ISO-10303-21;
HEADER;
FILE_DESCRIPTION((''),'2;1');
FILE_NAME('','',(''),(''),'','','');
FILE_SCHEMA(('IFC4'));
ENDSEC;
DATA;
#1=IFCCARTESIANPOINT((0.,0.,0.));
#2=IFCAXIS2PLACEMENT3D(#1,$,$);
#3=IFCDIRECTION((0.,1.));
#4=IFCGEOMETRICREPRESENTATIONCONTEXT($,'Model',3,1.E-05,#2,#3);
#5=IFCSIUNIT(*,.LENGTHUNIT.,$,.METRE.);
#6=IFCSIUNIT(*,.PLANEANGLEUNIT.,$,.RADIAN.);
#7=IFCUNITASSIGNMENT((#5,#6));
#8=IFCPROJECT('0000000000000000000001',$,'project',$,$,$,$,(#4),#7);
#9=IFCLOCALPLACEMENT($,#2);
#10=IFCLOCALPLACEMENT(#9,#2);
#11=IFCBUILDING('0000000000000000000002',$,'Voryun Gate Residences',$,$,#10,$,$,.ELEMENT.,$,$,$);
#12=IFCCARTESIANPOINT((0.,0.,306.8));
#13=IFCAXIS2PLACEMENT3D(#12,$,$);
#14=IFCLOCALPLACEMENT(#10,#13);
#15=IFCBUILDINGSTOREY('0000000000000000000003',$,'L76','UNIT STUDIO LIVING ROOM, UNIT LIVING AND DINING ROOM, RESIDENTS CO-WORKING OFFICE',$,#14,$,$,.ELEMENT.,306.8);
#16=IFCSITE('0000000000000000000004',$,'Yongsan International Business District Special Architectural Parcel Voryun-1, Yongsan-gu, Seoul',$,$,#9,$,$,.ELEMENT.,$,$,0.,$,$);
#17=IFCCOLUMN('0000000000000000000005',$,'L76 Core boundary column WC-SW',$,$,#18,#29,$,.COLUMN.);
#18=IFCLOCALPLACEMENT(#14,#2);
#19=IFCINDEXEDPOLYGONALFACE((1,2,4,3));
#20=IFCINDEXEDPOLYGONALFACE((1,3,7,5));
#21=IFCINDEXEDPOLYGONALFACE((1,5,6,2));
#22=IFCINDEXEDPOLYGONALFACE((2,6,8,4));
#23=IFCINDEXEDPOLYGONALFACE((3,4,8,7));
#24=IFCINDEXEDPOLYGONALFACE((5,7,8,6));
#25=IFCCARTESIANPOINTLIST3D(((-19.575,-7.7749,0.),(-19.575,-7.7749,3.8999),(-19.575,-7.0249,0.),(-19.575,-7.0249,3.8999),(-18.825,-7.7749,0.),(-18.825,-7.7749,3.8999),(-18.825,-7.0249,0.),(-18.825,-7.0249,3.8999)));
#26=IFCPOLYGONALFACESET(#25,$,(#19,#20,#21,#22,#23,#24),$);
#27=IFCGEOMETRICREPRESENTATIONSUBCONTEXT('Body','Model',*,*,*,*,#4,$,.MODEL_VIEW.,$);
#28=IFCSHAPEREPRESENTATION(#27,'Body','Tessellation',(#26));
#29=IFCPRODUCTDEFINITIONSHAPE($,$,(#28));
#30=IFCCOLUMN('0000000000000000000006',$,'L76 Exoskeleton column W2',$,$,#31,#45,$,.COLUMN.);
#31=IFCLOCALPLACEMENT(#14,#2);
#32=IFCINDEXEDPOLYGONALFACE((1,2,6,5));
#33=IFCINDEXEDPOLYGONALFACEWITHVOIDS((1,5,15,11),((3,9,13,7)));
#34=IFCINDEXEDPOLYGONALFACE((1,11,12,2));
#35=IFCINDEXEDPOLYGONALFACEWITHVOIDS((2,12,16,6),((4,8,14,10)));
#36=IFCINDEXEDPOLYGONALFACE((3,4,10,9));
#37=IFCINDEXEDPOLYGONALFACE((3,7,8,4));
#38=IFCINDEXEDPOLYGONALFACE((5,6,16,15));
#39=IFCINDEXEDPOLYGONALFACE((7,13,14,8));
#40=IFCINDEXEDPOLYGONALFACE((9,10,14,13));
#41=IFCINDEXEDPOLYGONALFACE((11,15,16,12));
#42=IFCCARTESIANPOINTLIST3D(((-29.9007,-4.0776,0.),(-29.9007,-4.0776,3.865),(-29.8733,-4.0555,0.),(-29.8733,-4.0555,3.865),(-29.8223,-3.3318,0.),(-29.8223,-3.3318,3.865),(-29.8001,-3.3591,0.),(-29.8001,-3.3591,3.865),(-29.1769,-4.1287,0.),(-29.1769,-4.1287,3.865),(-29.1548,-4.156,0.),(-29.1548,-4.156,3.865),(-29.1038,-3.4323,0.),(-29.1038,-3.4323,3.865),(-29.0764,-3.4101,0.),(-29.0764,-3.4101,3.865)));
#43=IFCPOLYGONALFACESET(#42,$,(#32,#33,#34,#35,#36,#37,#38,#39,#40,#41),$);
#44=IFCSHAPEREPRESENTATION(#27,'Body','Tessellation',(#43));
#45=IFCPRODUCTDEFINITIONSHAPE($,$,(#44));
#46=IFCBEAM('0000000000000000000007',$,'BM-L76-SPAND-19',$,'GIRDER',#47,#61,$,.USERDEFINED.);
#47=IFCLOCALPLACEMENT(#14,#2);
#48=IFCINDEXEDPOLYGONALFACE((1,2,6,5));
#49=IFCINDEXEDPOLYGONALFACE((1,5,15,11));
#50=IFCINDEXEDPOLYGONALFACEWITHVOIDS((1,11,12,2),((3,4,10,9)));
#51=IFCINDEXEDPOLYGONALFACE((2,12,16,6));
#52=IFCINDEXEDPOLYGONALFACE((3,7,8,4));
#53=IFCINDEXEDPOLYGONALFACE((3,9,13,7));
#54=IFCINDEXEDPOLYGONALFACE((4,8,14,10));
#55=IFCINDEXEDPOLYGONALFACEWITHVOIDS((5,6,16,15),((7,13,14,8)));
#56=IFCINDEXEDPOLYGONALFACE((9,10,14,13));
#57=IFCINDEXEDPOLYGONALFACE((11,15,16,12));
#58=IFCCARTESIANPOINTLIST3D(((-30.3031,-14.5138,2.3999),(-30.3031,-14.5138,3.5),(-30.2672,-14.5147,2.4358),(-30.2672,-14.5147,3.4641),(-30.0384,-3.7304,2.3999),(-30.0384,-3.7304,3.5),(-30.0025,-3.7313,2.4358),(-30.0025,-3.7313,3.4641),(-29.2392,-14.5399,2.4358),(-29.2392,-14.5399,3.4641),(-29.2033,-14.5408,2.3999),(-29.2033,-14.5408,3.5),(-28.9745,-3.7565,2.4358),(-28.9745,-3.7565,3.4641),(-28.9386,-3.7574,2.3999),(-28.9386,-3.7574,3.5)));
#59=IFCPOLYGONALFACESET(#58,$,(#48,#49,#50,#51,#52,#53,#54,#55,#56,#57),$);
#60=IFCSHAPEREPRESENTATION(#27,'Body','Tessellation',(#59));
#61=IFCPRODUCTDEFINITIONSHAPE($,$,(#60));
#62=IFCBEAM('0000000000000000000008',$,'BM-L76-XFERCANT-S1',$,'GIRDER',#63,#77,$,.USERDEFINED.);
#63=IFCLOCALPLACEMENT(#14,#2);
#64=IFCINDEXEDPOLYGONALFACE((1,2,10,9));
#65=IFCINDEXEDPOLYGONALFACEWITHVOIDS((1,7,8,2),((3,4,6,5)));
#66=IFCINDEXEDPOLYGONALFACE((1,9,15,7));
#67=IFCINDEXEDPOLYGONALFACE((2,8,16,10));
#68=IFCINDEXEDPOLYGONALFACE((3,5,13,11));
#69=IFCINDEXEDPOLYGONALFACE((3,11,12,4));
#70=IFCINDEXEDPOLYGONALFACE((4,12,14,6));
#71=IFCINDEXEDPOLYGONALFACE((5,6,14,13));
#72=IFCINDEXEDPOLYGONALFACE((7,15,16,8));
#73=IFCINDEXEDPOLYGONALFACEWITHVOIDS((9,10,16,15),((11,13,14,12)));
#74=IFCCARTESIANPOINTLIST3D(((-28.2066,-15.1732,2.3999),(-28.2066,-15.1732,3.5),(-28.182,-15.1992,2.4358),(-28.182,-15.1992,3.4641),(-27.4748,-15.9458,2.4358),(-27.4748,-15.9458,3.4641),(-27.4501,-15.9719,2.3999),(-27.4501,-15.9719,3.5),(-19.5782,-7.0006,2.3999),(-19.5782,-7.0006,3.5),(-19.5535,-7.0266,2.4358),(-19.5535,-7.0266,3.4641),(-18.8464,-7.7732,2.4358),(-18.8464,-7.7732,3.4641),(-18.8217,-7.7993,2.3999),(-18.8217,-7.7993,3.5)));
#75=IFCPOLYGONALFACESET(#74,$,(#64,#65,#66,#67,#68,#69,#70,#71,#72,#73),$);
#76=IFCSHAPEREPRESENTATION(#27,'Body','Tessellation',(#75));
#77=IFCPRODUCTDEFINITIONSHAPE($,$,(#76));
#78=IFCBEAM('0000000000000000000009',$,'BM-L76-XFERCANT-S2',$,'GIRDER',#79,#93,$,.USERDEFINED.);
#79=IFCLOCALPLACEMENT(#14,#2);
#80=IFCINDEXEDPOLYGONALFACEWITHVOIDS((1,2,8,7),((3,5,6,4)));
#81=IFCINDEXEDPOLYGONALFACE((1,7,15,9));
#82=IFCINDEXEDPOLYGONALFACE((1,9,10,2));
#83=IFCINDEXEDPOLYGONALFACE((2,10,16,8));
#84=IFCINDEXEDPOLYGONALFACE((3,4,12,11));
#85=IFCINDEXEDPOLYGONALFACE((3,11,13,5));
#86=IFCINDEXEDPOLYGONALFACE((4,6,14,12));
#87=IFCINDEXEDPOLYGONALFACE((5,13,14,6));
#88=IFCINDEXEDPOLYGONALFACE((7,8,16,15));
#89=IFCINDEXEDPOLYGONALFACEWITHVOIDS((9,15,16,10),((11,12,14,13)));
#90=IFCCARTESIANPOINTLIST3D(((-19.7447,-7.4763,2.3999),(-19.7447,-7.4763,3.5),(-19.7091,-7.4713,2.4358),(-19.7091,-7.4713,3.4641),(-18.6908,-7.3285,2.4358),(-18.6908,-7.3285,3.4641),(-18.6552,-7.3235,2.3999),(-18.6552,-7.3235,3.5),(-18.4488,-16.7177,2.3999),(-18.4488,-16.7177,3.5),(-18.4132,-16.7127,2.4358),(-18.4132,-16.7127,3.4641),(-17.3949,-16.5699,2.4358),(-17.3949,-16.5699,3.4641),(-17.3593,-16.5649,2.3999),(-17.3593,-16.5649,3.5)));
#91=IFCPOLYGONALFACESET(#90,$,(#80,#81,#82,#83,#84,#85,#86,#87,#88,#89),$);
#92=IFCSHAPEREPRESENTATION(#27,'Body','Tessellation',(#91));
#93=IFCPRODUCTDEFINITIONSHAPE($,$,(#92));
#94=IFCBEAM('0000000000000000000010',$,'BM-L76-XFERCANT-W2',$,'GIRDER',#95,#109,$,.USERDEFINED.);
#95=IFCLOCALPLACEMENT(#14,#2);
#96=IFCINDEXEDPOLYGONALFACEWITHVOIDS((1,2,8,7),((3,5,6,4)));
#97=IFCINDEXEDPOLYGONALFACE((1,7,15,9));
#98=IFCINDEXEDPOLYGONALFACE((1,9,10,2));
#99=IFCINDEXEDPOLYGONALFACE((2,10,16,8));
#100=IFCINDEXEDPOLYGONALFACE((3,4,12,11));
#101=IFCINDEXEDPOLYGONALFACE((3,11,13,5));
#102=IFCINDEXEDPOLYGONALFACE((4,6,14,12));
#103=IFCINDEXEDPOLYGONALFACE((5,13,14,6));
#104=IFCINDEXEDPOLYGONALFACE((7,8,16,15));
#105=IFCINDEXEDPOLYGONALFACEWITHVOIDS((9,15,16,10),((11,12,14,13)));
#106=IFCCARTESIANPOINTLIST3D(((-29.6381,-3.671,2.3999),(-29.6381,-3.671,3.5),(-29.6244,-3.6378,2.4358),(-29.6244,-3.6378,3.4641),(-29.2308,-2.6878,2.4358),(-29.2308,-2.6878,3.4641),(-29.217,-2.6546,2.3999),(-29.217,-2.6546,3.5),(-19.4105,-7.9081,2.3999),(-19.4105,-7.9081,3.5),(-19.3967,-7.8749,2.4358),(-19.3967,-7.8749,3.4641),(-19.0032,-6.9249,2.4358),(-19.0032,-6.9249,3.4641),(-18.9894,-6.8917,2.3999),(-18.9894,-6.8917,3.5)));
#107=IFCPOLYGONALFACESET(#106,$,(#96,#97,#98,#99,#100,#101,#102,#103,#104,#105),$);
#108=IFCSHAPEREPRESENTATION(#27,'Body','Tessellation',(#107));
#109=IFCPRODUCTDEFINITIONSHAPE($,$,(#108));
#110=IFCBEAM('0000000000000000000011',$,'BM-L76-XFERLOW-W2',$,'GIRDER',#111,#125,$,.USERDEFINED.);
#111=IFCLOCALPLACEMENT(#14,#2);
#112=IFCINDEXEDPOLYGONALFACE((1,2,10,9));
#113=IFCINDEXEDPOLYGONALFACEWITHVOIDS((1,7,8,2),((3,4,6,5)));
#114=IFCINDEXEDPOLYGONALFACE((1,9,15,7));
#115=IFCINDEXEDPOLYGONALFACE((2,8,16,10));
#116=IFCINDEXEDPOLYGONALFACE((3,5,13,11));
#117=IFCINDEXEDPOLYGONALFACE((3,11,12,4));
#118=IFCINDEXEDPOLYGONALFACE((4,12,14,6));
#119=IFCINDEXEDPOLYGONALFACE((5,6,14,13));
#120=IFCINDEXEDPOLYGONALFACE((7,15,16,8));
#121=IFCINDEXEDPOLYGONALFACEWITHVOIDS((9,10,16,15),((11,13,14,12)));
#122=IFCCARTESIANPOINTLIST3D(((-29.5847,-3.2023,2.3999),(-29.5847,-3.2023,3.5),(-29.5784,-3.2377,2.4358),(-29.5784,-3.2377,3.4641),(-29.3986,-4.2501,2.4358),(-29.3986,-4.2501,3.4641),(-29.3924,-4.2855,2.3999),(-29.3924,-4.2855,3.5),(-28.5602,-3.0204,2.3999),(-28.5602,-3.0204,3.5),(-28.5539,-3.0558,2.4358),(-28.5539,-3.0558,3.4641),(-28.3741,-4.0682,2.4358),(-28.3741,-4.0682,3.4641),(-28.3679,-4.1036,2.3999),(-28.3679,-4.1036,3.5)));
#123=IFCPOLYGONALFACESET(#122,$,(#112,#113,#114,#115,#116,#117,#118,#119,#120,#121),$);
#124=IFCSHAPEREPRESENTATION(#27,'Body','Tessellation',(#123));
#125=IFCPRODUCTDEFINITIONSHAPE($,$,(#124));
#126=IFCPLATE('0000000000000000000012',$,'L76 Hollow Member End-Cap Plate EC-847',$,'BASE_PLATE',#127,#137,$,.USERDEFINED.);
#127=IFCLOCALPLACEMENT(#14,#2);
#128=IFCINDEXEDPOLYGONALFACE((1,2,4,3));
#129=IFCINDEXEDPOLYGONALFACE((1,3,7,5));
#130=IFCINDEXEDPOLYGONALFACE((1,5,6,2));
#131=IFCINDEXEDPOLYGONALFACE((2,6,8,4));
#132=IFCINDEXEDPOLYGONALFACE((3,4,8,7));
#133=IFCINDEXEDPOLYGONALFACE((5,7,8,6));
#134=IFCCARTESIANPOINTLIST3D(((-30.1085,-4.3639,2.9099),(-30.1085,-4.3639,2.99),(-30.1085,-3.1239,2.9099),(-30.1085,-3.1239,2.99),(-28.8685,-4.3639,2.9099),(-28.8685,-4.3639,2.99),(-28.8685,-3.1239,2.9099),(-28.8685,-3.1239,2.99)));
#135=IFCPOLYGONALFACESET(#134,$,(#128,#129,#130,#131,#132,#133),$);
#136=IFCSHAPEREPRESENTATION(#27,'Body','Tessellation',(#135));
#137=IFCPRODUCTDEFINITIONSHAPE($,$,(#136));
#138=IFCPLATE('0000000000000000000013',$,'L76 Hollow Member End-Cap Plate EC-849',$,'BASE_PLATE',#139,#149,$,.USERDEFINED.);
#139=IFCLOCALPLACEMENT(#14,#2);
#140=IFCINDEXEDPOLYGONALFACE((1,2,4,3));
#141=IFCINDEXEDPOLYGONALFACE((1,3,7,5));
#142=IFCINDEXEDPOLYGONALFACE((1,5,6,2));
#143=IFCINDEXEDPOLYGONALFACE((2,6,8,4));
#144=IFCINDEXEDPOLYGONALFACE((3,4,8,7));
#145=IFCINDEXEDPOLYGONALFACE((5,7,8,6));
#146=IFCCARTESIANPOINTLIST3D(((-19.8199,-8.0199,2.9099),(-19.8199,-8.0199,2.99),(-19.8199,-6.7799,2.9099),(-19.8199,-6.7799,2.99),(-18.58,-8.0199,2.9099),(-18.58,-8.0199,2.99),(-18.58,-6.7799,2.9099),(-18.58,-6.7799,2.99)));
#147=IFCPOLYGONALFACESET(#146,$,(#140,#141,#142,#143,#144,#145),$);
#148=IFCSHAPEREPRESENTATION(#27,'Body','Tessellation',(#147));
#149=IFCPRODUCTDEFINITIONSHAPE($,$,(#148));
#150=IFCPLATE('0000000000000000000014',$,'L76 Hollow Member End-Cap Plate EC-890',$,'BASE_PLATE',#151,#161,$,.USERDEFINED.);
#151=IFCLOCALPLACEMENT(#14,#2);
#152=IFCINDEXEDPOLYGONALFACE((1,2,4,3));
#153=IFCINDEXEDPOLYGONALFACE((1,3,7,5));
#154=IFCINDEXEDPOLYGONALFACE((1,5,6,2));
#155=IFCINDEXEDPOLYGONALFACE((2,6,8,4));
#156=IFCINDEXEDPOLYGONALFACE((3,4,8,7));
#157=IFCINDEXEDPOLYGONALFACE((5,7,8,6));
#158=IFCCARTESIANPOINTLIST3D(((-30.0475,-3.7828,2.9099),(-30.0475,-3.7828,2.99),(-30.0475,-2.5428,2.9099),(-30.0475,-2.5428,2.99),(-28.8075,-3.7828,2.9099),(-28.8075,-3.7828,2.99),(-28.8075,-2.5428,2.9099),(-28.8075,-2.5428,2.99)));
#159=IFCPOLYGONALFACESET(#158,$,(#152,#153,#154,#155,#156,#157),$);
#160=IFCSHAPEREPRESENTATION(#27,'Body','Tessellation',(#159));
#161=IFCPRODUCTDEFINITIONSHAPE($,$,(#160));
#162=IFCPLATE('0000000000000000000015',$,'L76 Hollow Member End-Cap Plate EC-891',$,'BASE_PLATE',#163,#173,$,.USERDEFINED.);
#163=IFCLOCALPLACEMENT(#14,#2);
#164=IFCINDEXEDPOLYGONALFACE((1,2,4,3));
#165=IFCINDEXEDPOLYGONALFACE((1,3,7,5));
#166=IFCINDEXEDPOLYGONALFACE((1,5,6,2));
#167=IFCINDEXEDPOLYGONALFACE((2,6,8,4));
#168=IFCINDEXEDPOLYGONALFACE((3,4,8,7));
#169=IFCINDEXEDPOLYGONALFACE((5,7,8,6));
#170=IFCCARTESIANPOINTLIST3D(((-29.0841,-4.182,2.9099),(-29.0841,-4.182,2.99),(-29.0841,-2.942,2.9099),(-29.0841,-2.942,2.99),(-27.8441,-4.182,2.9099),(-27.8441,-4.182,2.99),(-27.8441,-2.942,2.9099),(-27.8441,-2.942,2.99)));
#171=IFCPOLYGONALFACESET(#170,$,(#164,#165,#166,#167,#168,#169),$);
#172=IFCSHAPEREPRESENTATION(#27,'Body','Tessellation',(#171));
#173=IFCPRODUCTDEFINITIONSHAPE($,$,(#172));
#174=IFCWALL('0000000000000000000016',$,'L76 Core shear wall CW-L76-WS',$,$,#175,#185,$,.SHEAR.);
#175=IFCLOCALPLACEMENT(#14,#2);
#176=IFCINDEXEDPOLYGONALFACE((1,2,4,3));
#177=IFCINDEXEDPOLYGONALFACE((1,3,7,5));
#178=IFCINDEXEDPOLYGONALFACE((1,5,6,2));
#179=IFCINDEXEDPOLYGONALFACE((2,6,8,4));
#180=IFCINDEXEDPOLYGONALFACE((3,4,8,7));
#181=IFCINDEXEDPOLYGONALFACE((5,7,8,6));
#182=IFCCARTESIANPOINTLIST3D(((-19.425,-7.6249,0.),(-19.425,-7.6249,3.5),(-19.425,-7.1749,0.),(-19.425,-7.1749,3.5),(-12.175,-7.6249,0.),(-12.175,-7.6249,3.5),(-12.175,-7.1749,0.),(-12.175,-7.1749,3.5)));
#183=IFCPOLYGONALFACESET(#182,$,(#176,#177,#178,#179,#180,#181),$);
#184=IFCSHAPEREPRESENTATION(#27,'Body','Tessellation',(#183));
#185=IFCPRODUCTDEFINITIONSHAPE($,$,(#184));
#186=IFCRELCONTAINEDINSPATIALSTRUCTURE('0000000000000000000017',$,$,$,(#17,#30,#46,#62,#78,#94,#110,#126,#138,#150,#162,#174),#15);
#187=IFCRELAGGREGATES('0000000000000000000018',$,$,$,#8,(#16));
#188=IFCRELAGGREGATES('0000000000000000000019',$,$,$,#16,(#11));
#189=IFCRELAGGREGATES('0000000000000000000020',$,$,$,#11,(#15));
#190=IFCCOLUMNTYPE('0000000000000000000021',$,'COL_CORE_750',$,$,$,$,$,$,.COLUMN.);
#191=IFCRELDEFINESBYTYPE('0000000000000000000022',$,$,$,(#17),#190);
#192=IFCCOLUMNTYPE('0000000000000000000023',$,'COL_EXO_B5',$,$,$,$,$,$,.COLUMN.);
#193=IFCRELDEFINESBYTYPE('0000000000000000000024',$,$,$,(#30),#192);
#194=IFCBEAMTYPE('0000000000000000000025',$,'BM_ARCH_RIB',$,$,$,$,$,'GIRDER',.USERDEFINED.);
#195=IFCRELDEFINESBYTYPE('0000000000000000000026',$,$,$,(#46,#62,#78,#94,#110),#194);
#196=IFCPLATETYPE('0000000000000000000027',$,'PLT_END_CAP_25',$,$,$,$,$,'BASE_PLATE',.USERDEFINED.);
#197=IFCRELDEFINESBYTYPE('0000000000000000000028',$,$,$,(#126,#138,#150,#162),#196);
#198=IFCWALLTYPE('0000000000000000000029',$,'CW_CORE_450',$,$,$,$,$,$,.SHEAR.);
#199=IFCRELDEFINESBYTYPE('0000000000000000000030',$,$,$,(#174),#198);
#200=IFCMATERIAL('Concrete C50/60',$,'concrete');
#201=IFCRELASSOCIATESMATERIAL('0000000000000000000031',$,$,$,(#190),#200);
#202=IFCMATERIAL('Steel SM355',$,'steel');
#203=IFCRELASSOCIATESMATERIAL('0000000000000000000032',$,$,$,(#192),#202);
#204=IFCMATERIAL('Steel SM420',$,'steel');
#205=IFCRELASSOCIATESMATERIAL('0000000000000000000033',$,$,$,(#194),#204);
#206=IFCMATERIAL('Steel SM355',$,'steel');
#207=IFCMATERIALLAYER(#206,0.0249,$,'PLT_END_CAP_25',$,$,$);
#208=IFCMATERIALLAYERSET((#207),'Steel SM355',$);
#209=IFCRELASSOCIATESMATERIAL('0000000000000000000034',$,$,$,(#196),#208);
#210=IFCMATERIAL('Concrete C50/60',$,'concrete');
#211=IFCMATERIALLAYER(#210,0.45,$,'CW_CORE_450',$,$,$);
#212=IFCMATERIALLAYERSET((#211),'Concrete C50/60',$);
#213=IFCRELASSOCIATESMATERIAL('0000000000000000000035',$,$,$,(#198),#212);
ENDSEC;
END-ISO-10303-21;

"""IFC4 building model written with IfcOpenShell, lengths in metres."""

from ifc_helpers import new_model, si_unit, direction, frame, frame_2d, origin, origin_2d, place, context, subcontext, project, spatial, rectangle, hollow_rectangle, extrude, material, layer, layer_set, material_profile, profile_set, type_object, element, save


model = new_model("IFC4")

# Units and contexts
model_context = context("Model", 3, precision=1e-05, world=origin(), true_north=direction((0.0, 1.0)))
body_context = subcontext(model_context, "Body", "Model", "MODEL_VIEW")
ifc_project = project(units=[si_unit("LENGTHUNIT", "METRE"), si_unit("PLANEANGLEUNIT", "RADIAN")], contexts=[model_context])

# Site, building, storey
site_placement = place(None, origin())
site = spatial("IfcSite", under=ifc_project, at=site_placement, Name="Yongsan International Business District Special Architectural Parcel Voryun-1, Yongsan-gu, Seoul", CompositionType="ELEMENT", RefElevation=0.0)
building_placement = place(site_placement, origin())
building = spatial("IfcBuilding", under=site, at=building_placement, Name="Voryun Gate Residences", CompositionType="ELEMENT")
storey_placement = place(building_placement, frame((0.0, 0.0, 306.8)))
storey = spatial("IfcBuildingStorey", under=building, at=storey_placement, Name="L76", Description="UNIT STUDIO LIVING ROOM, UNIT LIVING AND DINING ROOM, RESIDENTS CO-WORKING OFFICE", CompositionType="ELEMENT", Elevation=306.8)

# Columns
ifc_material_1 = material(Name="Concrete C50/60", Category="concrete")
ifc_material_profile_1 = material_profile(ifc_material_1, rectangle(XDim=0.75, YDim=0.75, at=origin_2d()), Name="RC-750x750")
ifc_profile_set_1 = profile_set([ifc_material_profile_1], Name="Concrete C50/60")
column_type_1 = type_object("IfcColumnType", Name="COL_CORE_750", PredefinedType="COLUMN", material=ifc_profile_set_1)
column_1_placement = place(storey_placement, frame((-19.2, -7.3999, 0.0), z_axis=(0.0, 0.0, 1.0), x_axis=(1.0, 0.0, 0.0)))
element("IfcColumn", 1, at=column_1_placement, inside=storey, type_object=column_type_1, Name="L76 Core boundary column WC-SW", PredefinedType="COLUMN", context=body_context, shape_type="SweptSolid", body=[
    extrude(rectangle(XDim=0.75, YDim=0.75, at=origin_2d()), origin(), (0.0, 0.0, 1.0), 3.8999),
])
ifc_material_2 = material(Name="Steel SM355", Category="steel")
ifc_material_profile_2 = material_profile(ifc_material_2, hollow_rectangle(XDim=0.75, YDim=0.75, WallThickness=0.0249, at=origin_2d()), Name="BOX-750x750x25")
ifc_profile_set_2 = profile_set([ifc_material_profile_2], Name="Steel SM355")
column_type_2 = type_object("IfcColumnType", Name="COL_EXO_B5", PredefinedType="COLUMN", material=ifc_profile_set_2)
column_2_placement = place(storey_placement, frame((-29.4885, -3.7439, 0.0), z_axis=(0.0, 0.0, 1.0), x_axis=(0.994522, -0.104528, 0.0)))
element("IfcColumn", 2, at=column_2_placement, inside=storey, type_object=column_type_2, Name="L76 Exoskeleton column W2", PredefinedType="COLUMN", context=body_context, shape_type="SweptSolid", body=[
    extrude(hollow_rectangle(XDim=0.75, YDim=0.75, WallThickness=0.0249, at=origin_2d()), origin(), (0.0, 0.0, 1.0), 3.865),
])

# Beams
ifc_material_3 = material(Name="Steel SM420", Category="steel")
ifc_material_profile_3 = material_profile(ifc_material_3, hollow_rectangle(XDim=1.1001, YDim=1.1001, WallThickness=0.0359, at=origin_2d()), Name="BOX-1100x1100x36")
ifc_profile_set_3 = profile_set([ifc_material_profile_3], Name="Steel SM420")
beam_type = type_object("IfcBeamType", Name="BM_ARCH_RIB", ElementType="GIRDER", PredefinedType="USERDEFINED", material=ifc_profile_set_3)
beam_1_placement = place(storey_placement, frame((-29.4885, -3.7439, 2.95), z_axis=(-0.024535, -0.999699, 0.0), x_axis=(0.999699, -0.024535, 0.0)))
element("IfcBeam", 3, at=beam_1_placement, inside=storey, type_object=beam_type, Name="BM-L76-SPAND-19", ObjectType="GIRDER", PredefinedType="USERDEFINED", context=body_context, shape_type="SweptSolid", body=[
    extrude(hollow_rectangle(XDim=1.1001, YDim=1.1001, WallThickness=0.0359, at=origin_2d()), origin(), (0.0, 0.0, 1.0), 10.7866),
])
beam_2_placement = place(storey_placement, frame((-19.2, -7.3999, 2.95), z_axis=(-0.726023, -0.68767, 0.0), x_axis=(0.68767, -0.726023, 0.0)))
element("IfcBeam", 4, at=beam_2_placement, inside=storey, type_object=beam_type, Name="BM-L76-XFERCANT-S1", ObjectType="GIRDER", PredefinedType="USERDEFINED", context=body_context, shape_type="SweptSolid", body=[
    extrude(hollow_rectangle(XDim=1.1001, YDim=1.1001, WallThickness=0.0359, at=origin_2d()), origin(), (0.0, 0.0, 1.0), 11.8845),
])
beam_3_placement = place(storey_placement, frame((-19.2, -7.3999, 2.95), z_axis=(0.138868, -0.990311, 0.0), x_axis=(0.990311, 0.138868, 0.0)))
element("IfcBeam", 5, at=beam_3_placement, inside=storey, type_object=beam_type, Name="BM-L76-XFERCANT-S2", ObjectType="GIRDER", PredefinedType="USERDEFINED", context=body_context, shape_type="SweptSolid", body=[
    extrude(hollow_rectangle(XDim=1.1001, YDim=1.1001, WallThickness=0.0359, at=origin_2d()), origin(), (0.0, 0.0, 1.0), 9.3318),
])
beam_4_placement = place(storey_placement, frame((-19.2, -7.3999, 2.95), z_axis=(-0.923858, 0.382735, 0.0), x_axis=(-0.382735, -0.923858, 0.0)))
element("IfcBeam", 6, at=beam_4_placement, inside=storey, type_object=beam_type, Name="BM-L76-XFERCANT-W2", ObjectType="GIRDER", PredefinedType="USERDEFINED", context=body_context, shape_type="SweptSolid", body=[
    extrude(hollow_rectangle(XDim=1.1001, YDim=1.1001, WallThickness=0.0359, at=origin_2d()), origin(), (0.0, 0.0, 1.0), 11.0706),
])
beam_5_placement = place(storey_placement, frame((-29.4885, -3.7439, 2.95), z_axis=(0.984601, 0.174816, 0.0), x_axis=(-0.174816, 0.984601, 0.0)))
element("IfcBeam", 7, at=beam_5_placement, inside=storey, type_object=beam_type, Name="BM-L76-XFERLOW-W2", ObjectType="GIRDER", PredefinedType="USERDEFINED", context=body_context, shape_type="SweptSolid", body=[
    extrude(hollow_rectangle(XDim=1.1001, YDim=1.1001, WallThickness=0.0359, at=origin_2d()), origin(), (0.0, 0.0, 1.0), 1.0405),
])

# Plates
ifc_material_4 = material(Name="Steel SM355", Category="steel")
ifc_layer_1 = layer(ifc_material_4, 0.0249, Name="PLT_END_CAP_25")
ifc_layer_set_1 = layer_set([ifc_layer_1], Name="Steel SM355")
plate_type = type_object("IfcPlateType", Name="PLT_END_CAP_25", ElementType="BASE_PLATE", PredefinedType="USERDEFINED", material=ifc_layer_set_1)
for number, where, z_axis, x_axis, name in (
    (8, (-29.4885, -3.7439, 2.9099), (0.0, 0.0, 1.0), (1.0, 0.0, 0.0), "L76 Hollow Member End-Cap Plate EC-847"),
    (9, (-19.2, -7.3999, 2.9099), (0.0, 0.0, 1.0), (1.0, 0.0, 0.0), "L76 Hollow Member End-Cap Plate EC-849"),
    (10, (-29.4275, -3.1628, 2.9099), (0.0, 0.0, 1.0), (1.0, 0.0, 0.0), "L76 Hollow Member End-Cap Plate EC-890"),
    (11, (-28.4641, -3.562, 2.9099), (0.0, 0.0, 1.0), (1.0, 0.0, 0.0), "L76 Hollow Member End-Cap Plate EC-891"),
):
    element("IfcPlate", number, at=place(storey_placement, frame(where, z_axis=z_axis, x_axis=x_axis)), inside=storey, type_object=plate_type, Name=name, ObjectType="BASE_PLATE", PredefinedType="USERDEFINED", context=body_context, shape_type="SweptSolid", body=[
        extrude(rectangle(XDim=1.24, YDim=1.24, at=origin_2d()), origin(), (0.0, 0.0, 1.0), 0.0801),
    ])

# Wall
ifc_material_5 = material(Name="Concrete C50/60", Category="concrete")
ifc_layer_2 = layer(ifc_material_5, 0.45, Name="CW_CORE_450")
ifc_layer_set_2 = layer_set([ifc_layer_2], Name="Concrete C50/60")
wall_type_1 = type_object("IfcWallType", Name="CW_CORE_450", PredefinedType="SHEAR", material=ifc_layer_set_2)
wall_1_placement = place(storey_placement, frame((-19.425, -7.3999, 0.0), z_axis=(0.0, 0.0, 1.0), x_axis=(1.0, 0.0, 0.0)))
element("IfcWall", 12, at=wall_1_placement, inside=storey, type_object=wall_type_1, Name="L76 Core shear wall CW-L76-WS", PredefinedType="SHEAR", context=body_context, shape_type="SweptSolid", body=[
    extrude(rectangle(XDim=7.25, YDim=0.45, at=frame_2d((3.625, 0.0))), origin(), (0.0, 0.0, 1.0), 3.5),
])

save(model, "model.ifc")
